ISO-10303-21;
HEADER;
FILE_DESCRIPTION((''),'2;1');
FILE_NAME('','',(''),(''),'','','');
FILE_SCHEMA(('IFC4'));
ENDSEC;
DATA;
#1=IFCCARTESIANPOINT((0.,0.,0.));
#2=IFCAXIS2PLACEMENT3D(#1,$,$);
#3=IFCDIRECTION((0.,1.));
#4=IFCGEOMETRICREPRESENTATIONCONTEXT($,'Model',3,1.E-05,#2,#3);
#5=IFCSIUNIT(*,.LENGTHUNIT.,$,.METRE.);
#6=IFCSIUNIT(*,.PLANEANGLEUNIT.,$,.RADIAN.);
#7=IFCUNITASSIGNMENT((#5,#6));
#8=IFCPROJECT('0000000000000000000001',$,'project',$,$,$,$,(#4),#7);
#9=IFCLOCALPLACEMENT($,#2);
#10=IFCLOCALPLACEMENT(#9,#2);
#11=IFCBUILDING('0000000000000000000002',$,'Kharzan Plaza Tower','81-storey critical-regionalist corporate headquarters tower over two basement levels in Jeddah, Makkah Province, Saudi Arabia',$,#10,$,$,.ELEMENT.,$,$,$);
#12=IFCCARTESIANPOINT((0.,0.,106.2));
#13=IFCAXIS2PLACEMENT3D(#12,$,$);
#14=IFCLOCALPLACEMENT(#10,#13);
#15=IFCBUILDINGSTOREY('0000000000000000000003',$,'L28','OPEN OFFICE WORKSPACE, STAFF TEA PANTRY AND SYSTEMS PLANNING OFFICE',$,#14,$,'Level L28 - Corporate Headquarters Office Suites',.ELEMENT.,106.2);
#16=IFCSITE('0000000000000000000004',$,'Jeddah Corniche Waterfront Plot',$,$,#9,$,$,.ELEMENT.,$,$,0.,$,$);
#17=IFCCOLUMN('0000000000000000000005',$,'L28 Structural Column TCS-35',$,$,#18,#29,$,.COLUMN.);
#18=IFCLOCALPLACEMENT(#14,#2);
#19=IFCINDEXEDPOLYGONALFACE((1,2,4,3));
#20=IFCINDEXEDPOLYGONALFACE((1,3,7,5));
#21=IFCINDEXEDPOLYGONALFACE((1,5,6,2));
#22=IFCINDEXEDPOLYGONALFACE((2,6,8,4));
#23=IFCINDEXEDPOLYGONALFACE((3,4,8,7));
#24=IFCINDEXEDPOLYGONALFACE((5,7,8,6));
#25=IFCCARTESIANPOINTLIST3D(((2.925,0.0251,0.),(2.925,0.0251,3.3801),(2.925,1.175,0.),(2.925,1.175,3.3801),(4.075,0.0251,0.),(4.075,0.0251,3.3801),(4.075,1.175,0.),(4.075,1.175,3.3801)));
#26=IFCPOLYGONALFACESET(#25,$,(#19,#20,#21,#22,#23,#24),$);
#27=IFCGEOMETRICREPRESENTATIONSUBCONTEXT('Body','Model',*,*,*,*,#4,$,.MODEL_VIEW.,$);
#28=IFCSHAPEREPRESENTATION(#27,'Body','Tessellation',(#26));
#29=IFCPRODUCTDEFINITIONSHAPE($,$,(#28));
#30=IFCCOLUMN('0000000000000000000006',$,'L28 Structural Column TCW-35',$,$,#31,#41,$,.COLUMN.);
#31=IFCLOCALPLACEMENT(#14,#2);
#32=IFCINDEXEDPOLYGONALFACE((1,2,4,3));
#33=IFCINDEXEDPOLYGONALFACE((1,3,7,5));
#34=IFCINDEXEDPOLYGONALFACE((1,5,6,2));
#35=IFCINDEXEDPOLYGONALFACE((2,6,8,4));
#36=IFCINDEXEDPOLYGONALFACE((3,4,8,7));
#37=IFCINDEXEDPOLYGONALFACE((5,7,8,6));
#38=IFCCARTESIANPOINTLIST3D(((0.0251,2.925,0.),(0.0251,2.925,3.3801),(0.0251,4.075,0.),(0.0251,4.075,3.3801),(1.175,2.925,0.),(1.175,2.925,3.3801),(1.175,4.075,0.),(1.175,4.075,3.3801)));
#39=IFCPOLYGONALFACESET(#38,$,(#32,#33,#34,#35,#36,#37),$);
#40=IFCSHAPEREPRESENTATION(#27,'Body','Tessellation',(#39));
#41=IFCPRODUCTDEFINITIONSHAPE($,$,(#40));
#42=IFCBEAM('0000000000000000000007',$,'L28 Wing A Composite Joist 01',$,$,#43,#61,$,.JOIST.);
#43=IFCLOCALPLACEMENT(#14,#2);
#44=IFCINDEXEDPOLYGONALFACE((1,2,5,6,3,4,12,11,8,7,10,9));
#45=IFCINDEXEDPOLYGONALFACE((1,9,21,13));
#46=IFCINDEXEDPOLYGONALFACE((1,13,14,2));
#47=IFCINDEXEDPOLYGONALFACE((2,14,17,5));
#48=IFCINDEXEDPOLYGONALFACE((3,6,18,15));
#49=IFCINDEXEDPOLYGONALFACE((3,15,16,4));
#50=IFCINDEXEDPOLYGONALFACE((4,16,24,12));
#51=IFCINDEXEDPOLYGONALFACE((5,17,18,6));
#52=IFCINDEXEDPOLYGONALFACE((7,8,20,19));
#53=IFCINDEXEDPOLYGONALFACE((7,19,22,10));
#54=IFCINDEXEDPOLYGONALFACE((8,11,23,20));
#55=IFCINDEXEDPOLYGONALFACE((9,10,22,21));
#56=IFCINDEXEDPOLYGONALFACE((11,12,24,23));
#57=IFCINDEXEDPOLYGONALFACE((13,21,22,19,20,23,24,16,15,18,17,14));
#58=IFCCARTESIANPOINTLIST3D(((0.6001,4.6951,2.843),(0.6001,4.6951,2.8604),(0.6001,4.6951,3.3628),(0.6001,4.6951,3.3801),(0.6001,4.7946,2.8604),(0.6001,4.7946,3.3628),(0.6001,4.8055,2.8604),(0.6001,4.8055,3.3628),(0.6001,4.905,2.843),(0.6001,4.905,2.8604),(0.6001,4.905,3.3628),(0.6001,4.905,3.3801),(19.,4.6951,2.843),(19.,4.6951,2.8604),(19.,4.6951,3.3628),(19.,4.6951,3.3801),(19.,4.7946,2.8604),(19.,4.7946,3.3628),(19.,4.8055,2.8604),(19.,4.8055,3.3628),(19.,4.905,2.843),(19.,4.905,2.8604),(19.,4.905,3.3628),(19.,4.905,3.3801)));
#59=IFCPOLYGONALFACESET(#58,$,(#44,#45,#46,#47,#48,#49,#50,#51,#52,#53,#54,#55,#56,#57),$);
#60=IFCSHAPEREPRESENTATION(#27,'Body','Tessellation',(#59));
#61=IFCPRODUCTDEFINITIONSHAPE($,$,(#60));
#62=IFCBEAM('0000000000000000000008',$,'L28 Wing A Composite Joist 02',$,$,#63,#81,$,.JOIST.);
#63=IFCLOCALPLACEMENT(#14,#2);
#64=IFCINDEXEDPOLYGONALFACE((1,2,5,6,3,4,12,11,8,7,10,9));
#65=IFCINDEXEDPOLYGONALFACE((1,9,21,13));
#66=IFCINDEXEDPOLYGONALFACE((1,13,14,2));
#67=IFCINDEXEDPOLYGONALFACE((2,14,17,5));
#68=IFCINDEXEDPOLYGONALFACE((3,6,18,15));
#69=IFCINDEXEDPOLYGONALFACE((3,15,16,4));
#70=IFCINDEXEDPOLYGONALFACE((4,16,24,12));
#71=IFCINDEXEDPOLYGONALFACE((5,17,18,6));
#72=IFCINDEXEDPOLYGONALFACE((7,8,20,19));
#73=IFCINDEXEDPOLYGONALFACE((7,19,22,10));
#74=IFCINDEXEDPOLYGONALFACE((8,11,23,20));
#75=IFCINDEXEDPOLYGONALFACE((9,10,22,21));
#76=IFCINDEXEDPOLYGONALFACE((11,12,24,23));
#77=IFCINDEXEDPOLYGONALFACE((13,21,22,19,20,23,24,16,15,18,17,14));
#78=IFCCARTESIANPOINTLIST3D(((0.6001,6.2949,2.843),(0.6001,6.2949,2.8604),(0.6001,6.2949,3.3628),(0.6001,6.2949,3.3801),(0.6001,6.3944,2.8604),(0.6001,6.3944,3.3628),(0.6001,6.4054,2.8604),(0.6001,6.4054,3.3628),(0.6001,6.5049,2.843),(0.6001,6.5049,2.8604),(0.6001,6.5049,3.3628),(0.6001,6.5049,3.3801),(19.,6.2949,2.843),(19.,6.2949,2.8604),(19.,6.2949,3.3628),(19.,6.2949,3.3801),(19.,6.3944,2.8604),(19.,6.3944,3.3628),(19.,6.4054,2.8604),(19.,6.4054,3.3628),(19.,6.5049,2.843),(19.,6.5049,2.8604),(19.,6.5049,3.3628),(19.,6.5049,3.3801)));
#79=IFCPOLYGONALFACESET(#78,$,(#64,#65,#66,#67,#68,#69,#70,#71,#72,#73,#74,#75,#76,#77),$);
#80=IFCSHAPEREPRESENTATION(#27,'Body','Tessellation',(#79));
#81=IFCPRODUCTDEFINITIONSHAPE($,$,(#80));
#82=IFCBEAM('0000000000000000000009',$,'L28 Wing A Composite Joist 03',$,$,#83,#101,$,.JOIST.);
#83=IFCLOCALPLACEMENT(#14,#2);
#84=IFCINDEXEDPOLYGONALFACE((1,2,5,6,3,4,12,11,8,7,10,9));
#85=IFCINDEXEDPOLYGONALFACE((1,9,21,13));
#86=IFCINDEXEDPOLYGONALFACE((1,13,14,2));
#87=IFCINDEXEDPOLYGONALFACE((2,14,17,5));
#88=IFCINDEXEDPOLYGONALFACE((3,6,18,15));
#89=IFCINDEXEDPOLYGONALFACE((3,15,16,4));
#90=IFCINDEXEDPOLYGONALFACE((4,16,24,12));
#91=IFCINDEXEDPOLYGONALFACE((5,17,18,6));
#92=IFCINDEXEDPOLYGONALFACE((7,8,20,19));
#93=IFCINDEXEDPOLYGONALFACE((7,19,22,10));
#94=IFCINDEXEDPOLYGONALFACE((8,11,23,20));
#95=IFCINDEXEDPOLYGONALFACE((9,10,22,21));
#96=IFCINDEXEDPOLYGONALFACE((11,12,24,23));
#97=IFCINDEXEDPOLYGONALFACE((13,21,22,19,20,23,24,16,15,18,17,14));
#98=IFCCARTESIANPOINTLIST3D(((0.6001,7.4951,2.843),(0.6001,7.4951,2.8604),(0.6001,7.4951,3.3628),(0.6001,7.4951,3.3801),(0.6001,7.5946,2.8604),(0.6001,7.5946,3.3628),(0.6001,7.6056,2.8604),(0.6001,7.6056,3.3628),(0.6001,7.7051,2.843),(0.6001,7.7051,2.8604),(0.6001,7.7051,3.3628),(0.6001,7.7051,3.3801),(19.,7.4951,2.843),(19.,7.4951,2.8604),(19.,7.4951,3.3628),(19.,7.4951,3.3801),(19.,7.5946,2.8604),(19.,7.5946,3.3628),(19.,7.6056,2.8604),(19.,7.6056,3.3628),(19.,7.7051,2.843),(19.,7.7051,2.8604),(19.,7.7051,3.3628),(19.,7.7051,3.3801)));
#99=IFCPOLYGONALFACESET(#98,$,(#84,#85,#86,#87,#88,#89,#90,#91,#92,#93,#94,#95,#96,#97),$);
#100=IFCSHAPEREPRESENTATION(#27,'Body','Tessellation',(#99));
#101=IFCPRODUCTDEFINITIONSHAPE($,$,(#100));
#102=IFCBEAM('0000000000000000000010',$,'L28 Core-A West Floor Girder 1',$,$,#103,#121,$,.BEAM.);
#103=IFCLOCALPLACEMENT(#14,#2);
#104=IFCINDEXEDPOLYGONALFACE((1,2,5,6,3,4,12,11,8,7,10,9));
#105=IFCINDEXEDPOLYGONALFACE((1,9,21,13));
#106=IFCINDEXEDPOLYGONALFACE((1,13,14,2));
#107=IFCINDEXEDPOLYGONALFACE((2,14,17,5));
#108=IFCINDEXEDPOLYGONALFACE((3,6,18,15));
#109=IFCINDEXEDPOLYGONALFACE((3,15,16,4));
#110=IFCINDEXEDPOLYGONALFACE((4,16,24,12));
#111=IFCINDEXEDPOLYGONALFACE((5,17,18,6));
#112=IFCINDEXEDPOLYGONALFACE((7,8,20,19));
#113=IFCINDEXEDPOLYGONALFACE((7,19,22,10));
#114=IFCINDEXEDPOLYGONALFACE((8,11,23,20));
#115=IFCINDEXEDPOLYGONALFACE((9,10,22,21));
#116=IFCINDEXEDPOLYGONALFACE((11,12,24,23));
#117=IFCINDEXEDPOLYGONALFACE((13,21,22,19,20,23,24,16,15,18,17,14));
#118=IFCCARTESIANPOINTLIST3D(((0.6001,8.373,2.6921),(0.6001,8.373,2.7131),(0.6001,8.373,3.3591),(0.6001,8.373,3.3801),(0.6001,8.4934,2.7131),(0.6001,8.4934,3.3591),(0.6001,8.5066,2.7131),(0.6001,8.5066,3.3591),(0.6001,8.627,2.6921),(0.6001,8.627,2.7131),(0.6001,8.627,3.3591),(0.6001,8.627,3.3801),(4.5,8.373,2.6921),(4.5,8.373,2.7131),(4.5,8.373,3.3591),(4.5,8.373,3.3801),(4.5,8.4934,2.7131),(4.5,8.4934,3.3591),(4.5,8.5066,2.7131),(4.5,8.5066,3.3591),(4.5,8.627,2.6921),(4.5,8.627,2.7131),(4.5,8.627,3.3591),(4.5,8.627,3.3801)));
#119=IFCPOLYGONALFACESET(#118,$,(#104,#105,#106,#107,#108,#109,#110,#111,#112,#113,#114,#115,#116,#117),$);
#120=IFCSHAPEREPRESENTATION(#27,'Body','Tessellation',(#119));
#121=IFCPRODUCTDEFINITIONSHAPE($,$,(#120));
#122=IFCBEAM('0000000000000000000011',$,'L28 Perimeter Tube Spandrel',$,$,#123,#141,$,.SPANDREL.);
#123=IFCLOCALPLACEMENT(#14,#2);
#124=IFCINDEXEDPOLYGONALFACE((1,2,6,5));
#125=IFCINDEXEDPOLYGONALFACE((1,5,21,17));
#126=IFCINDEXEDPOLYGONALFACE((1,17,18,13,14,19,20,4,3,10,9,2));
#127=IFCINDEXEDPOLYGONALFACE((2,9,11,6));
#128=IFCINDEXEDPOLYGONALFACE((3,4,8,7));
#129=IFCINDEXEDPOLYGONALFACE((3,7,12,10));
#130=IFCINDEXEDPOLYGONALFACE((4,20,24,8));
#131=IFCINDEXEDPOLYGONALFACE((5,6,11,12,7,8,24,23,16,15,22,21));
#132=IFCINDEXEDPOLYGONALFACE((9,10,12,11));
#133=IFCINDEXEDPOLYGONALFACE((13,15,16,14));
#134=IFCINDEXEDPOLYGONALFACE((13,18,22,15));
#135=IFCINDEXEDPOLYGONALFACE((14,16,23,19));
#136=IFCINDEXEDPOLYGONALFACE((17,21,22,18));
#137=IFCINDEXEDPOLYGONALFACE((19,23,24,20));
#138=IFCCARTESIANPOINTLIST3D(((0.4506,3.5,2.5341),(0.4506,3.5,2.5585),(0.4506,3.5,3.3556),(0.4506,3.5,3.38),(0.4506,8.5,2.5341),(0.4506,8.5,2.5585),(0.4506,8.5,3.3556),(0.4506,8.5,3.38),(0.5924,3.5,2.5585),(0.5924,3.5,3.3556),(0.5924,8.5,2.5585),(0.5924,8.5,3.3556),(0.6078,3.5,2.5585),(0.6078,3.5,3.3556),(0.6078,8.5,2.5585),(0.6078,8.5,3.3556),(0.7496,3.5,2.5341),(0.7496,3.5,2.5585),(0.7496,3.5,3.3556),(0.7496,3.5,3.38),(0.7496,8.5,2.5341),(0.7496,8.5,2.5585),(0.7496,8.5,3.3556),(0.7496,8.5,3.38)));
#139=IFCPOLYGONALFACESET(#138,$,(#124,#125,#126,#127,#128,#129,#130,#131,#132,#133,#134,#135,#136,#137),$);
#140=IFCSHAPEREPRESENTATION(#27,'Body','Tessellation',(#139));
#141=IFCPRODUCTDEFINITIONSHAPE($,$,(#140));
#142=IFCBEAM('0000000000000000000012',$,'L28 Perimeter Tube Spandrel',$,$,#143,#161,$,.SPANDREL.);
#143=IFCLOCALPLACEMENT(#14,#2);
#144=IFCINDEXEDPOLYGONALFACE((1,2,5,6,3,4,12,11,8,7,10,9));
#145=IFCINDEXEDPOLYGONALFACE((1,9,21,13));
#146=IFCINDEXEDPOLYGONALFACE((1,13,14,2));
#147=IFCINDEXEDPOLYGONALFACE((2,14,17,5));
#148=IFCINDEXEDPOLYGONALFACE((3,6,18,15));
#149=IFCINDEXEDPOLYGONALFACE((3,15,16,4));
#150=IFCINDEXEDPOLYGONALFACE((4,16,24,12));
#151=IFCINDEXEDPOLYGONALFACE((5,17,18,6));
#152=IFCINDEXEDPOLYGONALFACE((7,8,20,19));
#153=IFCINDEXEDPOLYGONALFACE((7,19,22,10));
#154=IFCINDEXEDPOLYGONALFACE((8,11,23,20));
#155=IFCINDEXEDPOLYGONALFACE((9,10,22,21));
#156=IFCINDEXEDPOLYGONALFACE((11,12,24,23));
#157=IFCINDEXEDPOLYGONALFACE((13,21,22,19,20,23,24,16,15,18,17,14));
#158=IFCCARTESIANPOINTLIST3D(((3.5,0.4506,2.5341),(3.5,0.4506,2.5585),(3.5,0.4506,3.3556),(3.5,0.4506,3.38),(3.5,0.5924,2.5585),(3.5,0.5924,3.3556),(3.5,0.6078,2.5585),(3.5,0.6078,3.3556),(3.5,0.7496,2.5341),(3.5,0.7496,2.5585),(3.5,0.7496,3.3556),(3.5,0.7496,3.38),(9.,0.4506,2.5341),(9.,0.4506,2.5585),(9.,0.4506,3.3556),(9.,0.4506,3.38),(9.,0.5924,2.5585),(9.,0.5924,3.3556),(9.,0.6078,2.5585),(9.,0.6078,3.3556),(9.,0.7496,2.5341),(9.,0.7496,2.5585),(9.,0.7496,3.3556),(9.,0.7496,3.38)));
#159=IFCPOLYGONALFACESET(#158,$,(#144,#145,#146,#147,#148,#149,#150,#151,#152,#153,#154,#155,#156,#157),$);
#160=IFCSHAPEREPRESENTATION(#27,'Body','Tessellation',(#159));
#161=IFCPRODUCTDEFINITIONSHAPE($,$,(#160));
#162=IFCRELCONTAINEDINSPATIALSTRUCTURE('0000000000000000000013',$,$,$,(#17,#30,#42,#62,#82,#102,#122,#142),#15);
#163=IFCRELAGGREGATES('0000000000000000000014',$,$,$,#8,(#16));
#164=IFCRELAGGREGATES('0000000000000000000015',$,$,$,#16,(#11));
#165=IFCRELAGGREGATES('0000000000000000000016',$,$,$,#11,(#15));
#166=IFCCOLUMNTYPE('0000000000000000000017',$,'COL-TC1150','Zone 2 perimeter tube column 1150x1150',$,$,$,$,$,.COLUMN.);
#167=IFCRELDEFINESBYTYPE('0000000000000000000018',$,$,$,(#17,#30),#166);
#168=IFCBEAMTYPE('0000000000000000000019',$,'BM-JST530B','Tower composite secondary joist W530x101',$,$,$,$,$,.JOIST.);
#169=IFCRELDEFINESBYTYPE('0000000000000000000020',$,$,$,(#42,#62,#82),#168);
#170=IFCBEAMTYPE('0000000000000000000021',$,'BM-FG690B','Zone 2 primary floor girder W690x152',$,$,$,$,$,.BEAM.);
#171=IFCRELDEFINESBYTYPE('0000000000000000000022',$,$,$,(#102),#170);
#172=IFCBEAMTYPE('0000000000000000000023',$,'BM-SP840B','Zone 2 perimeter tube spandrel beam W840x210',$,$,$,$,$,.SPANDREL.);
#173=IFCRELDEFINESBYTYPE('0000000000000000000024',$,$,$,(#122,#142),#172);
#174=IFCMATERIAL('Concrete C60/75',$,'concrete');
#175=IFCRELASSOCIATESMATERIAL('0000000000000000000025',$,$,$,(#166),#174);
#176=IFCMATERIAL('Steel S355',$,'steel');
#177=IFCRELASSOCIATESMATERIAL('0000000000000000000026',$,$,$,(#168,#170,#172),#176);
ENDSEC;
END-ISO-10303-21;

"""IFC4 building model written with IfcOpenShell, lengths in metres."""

from ifc_helpers import new_model, si_unit, direction, frame, origin, origin_2d, place, context, subcontext, project, spatial, rectangle, i_section, extrude, source, transform, mapped, material, material_profile, profile_set, type_object, element, save


model = new_model("IFC4")

# Units and contexts
model_context = context("Model", 3, precision=1e-05, world=origin(), true_north=direction((0.0, 1.0)))
body_context = subcontext(model_context, "Body", "Model", "MODEL_VIEW")
ifc_project = project(units=[si_unit("LENGTHUNIT", "METRE"), si_unit("PLANEANGLEUNIT", "RADIAN")], contexts=[model_context])

# Site, building, storey
site_placement = place(None, origin())
site = spatial("IfcSite", under=ifc_project, at=site_placement, Name="Jeddah Corniche Waterfront Plot", CompositionType="ELEMENT", RefElevation=0.0)
building_placement = place(site_placement, origin())
building = spatial("IfcBuilding", under=site, at=building_placement, Name="Kharzan Plaza Tower", Description="81-storey critical-regionalist corporate headquarters tower over two basement levels in Jeddah, Makkah Province, Saudi Arabia", CompositionType="ELEMENT")
storey_placement = place(building_placement, frame((0.0, 0.0, 106.2)))
storey = spatial("IfcBuildingStorey", under=building, at=storey_placement, Name="L28", Description="OPEN OFFICE WORKSPACE, STAFF TEA PANTRY AND SYSTEMS PLANNING OFFICE", LongName="Level L28 - Corporate Headquarters Office Suites", CompositionType="ELEMENT", Elevation=106.2)

# Columns
ifc_material_1 = material(Name="Concrete C60/75", Category="concrete")
ifc_material_profile_1 = material_profile(ifc_material_1, rectangle(XDim=1.1499, YDim=1.1499, at=origin_2d()), Name="RC-TC1150x1150")
ifc_profile_set_1 = profile_set([ifc_material_profile_1], Name="Concrete C60/75")
column_type = type_object("IfcColumnType", Name="COL-TC1150", Description="Zone 2 perimeter tube column 1150x1150", PredefinedType="COLUMN", material=ifc_profile_set_1)
shared_shape_1 = source(origin(), body_context, "Body", "SweptSolid", [
    extrude(rectangle(XDim=1.1499, YDim=1.1499, at=origin_2d()), origin(), (0.0, 0.0, 1.0), 3.3801),
])
for number, where, z_axis, x_axis, name in (
    (1, (3.5, 0.6001, 0.0), (0.0, 0.0, 1.0), (1.0, 0.0, 0.0), "L28 Structural Column TCS-35"),
    (2, (0.6001, 3.5, 0.0), (0.0, 0.0, 1.0), (1.0, 0.0, 0.0), "L28 Structural Column TCW-35"),
):
    element("IfcColumn", number, at=place(storey_placement, frame(where, z_axis=z_axis, x_axis=x_axis)), inside=storey, type_object=column_type, Name=name, PredefinedType="COLUMN", context=body_context, shape_type="MappedRepresentation", body=[
        mapped(shared_shape_1, transform((0.0, 0.0, 0.0), x_axis=(1.0, 0.0, 0.0), y_axis=(0.0, 1.0, 0.0), z_axis=(0.0, 0.0, 1.0))),
    ])

# Beams
ifc_material_2 = material(Name="Steel S355", Category="steel")
ifc_material_profile_2 = material_profile(ifc_material_2, i_section(OverallWidth=0.21, OverallDepth=0.5371, WebThickness=0.011, FlangeThickness=0.0173, at=origin_2d()), Name="W530x101")
ifc_profile_set_2 = profile_set([ifc_material_profile_2], Name="Steel S355")
beam_type_1 = type_object("IfcBeamType", Name="BM-JST530B", Description="Tower composite secondary joist W530x101", PredefinedType="JOIST", material=ifc_profile_set_2)
shared_shape_2 = source(origin(), body_context, "Body", "SweptSolid", [
    extrude(i_section(OverallWidth=0.21, OverallDepth=0.5371, WebThickness=0.011, FlangeThickness=0.0173, at=origin_2d()), origin(), (0.0, 0.0, 1.0), 18.3999),
])
for number, where, z_axis, x_axis, name in (
    (3, (0.6001, 4.8, 3.1116), (1.0, 0.0, 0.0), (0.0, 1.0, 0.0), "L28 Wing A Composite Joist 01"),
    (4, (0.6001, 6.3999, 3.1116), (1.0, 0.0, 0.0), (0.0, 1.0, 0.0), "L28 Wing A Composite Joist 02"),
    (5, (0.6001, 7.6001, 3.1116), (1.0, 0.0, 0.0), (0.0, 1.0, 0.0), "L28 Wing A Composite Joist 03"),
):
    element("IfcBeam", number, at=place(storey_placement, frame(where, z_axis=z_axis, x_axis=x_axis)), inside=storey, type_object=beam_type_1, Name=name, PredefinedType="JOIST", context=body_context, shape_type="MappedRepresentation", body=[
        mapped(shared_shape_2, transform((0.0, 0.0, 0.0), x_axis=(1.0, 0.0, 0.0), y_axis=(0.0, 1.0, 0.0), z_axis=(0.0, 0.0, 1.0))),
    ])
ifc_material_profile_3 = material_profile(ifc_material_2, i_section(OverallWidth=0.2539, OverallDepth=0.688, WebThickness=0.0132, FlangeThickness=0.021, at=origin_2d()), Name="W690x152")
ifc_profile_set_3 = profile_set([ifc_material_profile_3], Name="Steel S355")
beam_type_2 = type_object("IfcBeamType", Name="BM-FG690B", Description="Zone 2 primary floor girder W690x152", PredefinedType="BEAM", material=ifc_profile_set_3)
shared_shape_3 = source(origin(), body_context, "Body", "SweptSolid", [
    extrude(i_section(OverallWidth=0.2539, OverallDepth=0.688, WebThickness=0.0132, FlangeThickness=0.021, at=origin_2d()), origin(), (0.0, 0.0, 1.0), 3.8999),
])
beam_1_placement = place(storey_placement, frame((0.6001, 8.5, 3.0361), z_axis=(1.0, 0.0, 0.0), x_axis=(0.0, 1.0, 0.0)))
element("IfcBeam", 6, at=beam_1_placement, inside=storey, type_object=beam_type_2, Name="L28 Core-A West Floor Girder 1", PredefinedType="BEAM", context=body_context, shape_type="MappedRepresentation", body=[
    mapped(shared_shape_3, transform((0.0, 0.0, 0.0), x_axis=(1.0, 0.0, 0.0), y_axis=(0.0, 1.0, 0.0), z_axis=(0.0, 0.0, 1.0))),
])
ifc_material_profile_4 = material_profile(ifc_material_2, i_section(OverallWidth=0.2991, OverallDepth=0.8459, WebThickness=0.0154, FlangeThickness=0.0244, at=origin_2d()), Name="W840x210")
ifc_profile_set_4 = profile_set([ifc_material_profile_4], Name="Steel S355")
beam_type_3 = type_object("IfcBeamType", Name="BM-SP840B", Description="Zone 2 perimeter tube spandrel beam W840x210", PredefinedType="SPANDREL", material=ifc_profile_set_4)
shared_shape_4 = source(origin(), body_context, "Body", "SweptSolid", [
    extrude(i_section(OverallWidth=0.2991, OverallDepth=0.8459, WebThickness=0.0154, FlangeThickness=0.0244, at=origin_2d()), origin(), (0.0, 0.0, 1.0), 5.0),
])
beam_2_placement = place(storey_placement, frame((0.6001, 3.5, 2.957), z_axis=(0.0, 1.0, 0.0), x_axis=(-1.0, 0.0, 0.0)))
element("IfcBeam", 7, at=beam_2_placement, inside=storey, type_object=beam_type_3, Name="L28 Perimeter Tube Spandrel", PredefinedType="SPANDREL", context=body_context, shape_type="MappedRepresentation", body=[
    mapped(shared_shape_4, transform((0.0, 0.0, 0.0), x_axis=(1.0, 0.0, 0.0), y_axis=(0.0, 1.0, 0.0), z_axis=(0.0, 0.0, 1.0))),
])
shared_shape_5 = source(origin(), body_context, "Body", "SweptSolid", [
    extrude(i_section(OverallWidth=0.2991, OverallDepth=0.8459, WebThickness=0.0154, FlangeThickness=0.0244, at=origin_2d()), origin(), (0.0, 0.0, 1.0), 5.5),
])
beam_3_placement = place(storey_placement, frame((3.5, 0.6001, 2.957), z_axis=(1.0, 0.0, 0.0), x_axis=(0.0, 1.0, 0.0)))
element("IfcBeam", 8, at=beam_3_placement, inside=storey, type_object=beam_type_3, Name="L28 Perimeter Tube Spandrel", PredefinedType="SPANDREL", context=body_context, shape_type="MappedRepresentation", body=[
    mapped(shared_shape_5, transform((0.0, 0.0, 0.0), x_axis=(1.0, 0.0, 0.0), y_axis=(0.0, 1.0, 0.0), z_axis=(0.0, 0.0, 1.0))),
])

save(model, "model.ifc")
